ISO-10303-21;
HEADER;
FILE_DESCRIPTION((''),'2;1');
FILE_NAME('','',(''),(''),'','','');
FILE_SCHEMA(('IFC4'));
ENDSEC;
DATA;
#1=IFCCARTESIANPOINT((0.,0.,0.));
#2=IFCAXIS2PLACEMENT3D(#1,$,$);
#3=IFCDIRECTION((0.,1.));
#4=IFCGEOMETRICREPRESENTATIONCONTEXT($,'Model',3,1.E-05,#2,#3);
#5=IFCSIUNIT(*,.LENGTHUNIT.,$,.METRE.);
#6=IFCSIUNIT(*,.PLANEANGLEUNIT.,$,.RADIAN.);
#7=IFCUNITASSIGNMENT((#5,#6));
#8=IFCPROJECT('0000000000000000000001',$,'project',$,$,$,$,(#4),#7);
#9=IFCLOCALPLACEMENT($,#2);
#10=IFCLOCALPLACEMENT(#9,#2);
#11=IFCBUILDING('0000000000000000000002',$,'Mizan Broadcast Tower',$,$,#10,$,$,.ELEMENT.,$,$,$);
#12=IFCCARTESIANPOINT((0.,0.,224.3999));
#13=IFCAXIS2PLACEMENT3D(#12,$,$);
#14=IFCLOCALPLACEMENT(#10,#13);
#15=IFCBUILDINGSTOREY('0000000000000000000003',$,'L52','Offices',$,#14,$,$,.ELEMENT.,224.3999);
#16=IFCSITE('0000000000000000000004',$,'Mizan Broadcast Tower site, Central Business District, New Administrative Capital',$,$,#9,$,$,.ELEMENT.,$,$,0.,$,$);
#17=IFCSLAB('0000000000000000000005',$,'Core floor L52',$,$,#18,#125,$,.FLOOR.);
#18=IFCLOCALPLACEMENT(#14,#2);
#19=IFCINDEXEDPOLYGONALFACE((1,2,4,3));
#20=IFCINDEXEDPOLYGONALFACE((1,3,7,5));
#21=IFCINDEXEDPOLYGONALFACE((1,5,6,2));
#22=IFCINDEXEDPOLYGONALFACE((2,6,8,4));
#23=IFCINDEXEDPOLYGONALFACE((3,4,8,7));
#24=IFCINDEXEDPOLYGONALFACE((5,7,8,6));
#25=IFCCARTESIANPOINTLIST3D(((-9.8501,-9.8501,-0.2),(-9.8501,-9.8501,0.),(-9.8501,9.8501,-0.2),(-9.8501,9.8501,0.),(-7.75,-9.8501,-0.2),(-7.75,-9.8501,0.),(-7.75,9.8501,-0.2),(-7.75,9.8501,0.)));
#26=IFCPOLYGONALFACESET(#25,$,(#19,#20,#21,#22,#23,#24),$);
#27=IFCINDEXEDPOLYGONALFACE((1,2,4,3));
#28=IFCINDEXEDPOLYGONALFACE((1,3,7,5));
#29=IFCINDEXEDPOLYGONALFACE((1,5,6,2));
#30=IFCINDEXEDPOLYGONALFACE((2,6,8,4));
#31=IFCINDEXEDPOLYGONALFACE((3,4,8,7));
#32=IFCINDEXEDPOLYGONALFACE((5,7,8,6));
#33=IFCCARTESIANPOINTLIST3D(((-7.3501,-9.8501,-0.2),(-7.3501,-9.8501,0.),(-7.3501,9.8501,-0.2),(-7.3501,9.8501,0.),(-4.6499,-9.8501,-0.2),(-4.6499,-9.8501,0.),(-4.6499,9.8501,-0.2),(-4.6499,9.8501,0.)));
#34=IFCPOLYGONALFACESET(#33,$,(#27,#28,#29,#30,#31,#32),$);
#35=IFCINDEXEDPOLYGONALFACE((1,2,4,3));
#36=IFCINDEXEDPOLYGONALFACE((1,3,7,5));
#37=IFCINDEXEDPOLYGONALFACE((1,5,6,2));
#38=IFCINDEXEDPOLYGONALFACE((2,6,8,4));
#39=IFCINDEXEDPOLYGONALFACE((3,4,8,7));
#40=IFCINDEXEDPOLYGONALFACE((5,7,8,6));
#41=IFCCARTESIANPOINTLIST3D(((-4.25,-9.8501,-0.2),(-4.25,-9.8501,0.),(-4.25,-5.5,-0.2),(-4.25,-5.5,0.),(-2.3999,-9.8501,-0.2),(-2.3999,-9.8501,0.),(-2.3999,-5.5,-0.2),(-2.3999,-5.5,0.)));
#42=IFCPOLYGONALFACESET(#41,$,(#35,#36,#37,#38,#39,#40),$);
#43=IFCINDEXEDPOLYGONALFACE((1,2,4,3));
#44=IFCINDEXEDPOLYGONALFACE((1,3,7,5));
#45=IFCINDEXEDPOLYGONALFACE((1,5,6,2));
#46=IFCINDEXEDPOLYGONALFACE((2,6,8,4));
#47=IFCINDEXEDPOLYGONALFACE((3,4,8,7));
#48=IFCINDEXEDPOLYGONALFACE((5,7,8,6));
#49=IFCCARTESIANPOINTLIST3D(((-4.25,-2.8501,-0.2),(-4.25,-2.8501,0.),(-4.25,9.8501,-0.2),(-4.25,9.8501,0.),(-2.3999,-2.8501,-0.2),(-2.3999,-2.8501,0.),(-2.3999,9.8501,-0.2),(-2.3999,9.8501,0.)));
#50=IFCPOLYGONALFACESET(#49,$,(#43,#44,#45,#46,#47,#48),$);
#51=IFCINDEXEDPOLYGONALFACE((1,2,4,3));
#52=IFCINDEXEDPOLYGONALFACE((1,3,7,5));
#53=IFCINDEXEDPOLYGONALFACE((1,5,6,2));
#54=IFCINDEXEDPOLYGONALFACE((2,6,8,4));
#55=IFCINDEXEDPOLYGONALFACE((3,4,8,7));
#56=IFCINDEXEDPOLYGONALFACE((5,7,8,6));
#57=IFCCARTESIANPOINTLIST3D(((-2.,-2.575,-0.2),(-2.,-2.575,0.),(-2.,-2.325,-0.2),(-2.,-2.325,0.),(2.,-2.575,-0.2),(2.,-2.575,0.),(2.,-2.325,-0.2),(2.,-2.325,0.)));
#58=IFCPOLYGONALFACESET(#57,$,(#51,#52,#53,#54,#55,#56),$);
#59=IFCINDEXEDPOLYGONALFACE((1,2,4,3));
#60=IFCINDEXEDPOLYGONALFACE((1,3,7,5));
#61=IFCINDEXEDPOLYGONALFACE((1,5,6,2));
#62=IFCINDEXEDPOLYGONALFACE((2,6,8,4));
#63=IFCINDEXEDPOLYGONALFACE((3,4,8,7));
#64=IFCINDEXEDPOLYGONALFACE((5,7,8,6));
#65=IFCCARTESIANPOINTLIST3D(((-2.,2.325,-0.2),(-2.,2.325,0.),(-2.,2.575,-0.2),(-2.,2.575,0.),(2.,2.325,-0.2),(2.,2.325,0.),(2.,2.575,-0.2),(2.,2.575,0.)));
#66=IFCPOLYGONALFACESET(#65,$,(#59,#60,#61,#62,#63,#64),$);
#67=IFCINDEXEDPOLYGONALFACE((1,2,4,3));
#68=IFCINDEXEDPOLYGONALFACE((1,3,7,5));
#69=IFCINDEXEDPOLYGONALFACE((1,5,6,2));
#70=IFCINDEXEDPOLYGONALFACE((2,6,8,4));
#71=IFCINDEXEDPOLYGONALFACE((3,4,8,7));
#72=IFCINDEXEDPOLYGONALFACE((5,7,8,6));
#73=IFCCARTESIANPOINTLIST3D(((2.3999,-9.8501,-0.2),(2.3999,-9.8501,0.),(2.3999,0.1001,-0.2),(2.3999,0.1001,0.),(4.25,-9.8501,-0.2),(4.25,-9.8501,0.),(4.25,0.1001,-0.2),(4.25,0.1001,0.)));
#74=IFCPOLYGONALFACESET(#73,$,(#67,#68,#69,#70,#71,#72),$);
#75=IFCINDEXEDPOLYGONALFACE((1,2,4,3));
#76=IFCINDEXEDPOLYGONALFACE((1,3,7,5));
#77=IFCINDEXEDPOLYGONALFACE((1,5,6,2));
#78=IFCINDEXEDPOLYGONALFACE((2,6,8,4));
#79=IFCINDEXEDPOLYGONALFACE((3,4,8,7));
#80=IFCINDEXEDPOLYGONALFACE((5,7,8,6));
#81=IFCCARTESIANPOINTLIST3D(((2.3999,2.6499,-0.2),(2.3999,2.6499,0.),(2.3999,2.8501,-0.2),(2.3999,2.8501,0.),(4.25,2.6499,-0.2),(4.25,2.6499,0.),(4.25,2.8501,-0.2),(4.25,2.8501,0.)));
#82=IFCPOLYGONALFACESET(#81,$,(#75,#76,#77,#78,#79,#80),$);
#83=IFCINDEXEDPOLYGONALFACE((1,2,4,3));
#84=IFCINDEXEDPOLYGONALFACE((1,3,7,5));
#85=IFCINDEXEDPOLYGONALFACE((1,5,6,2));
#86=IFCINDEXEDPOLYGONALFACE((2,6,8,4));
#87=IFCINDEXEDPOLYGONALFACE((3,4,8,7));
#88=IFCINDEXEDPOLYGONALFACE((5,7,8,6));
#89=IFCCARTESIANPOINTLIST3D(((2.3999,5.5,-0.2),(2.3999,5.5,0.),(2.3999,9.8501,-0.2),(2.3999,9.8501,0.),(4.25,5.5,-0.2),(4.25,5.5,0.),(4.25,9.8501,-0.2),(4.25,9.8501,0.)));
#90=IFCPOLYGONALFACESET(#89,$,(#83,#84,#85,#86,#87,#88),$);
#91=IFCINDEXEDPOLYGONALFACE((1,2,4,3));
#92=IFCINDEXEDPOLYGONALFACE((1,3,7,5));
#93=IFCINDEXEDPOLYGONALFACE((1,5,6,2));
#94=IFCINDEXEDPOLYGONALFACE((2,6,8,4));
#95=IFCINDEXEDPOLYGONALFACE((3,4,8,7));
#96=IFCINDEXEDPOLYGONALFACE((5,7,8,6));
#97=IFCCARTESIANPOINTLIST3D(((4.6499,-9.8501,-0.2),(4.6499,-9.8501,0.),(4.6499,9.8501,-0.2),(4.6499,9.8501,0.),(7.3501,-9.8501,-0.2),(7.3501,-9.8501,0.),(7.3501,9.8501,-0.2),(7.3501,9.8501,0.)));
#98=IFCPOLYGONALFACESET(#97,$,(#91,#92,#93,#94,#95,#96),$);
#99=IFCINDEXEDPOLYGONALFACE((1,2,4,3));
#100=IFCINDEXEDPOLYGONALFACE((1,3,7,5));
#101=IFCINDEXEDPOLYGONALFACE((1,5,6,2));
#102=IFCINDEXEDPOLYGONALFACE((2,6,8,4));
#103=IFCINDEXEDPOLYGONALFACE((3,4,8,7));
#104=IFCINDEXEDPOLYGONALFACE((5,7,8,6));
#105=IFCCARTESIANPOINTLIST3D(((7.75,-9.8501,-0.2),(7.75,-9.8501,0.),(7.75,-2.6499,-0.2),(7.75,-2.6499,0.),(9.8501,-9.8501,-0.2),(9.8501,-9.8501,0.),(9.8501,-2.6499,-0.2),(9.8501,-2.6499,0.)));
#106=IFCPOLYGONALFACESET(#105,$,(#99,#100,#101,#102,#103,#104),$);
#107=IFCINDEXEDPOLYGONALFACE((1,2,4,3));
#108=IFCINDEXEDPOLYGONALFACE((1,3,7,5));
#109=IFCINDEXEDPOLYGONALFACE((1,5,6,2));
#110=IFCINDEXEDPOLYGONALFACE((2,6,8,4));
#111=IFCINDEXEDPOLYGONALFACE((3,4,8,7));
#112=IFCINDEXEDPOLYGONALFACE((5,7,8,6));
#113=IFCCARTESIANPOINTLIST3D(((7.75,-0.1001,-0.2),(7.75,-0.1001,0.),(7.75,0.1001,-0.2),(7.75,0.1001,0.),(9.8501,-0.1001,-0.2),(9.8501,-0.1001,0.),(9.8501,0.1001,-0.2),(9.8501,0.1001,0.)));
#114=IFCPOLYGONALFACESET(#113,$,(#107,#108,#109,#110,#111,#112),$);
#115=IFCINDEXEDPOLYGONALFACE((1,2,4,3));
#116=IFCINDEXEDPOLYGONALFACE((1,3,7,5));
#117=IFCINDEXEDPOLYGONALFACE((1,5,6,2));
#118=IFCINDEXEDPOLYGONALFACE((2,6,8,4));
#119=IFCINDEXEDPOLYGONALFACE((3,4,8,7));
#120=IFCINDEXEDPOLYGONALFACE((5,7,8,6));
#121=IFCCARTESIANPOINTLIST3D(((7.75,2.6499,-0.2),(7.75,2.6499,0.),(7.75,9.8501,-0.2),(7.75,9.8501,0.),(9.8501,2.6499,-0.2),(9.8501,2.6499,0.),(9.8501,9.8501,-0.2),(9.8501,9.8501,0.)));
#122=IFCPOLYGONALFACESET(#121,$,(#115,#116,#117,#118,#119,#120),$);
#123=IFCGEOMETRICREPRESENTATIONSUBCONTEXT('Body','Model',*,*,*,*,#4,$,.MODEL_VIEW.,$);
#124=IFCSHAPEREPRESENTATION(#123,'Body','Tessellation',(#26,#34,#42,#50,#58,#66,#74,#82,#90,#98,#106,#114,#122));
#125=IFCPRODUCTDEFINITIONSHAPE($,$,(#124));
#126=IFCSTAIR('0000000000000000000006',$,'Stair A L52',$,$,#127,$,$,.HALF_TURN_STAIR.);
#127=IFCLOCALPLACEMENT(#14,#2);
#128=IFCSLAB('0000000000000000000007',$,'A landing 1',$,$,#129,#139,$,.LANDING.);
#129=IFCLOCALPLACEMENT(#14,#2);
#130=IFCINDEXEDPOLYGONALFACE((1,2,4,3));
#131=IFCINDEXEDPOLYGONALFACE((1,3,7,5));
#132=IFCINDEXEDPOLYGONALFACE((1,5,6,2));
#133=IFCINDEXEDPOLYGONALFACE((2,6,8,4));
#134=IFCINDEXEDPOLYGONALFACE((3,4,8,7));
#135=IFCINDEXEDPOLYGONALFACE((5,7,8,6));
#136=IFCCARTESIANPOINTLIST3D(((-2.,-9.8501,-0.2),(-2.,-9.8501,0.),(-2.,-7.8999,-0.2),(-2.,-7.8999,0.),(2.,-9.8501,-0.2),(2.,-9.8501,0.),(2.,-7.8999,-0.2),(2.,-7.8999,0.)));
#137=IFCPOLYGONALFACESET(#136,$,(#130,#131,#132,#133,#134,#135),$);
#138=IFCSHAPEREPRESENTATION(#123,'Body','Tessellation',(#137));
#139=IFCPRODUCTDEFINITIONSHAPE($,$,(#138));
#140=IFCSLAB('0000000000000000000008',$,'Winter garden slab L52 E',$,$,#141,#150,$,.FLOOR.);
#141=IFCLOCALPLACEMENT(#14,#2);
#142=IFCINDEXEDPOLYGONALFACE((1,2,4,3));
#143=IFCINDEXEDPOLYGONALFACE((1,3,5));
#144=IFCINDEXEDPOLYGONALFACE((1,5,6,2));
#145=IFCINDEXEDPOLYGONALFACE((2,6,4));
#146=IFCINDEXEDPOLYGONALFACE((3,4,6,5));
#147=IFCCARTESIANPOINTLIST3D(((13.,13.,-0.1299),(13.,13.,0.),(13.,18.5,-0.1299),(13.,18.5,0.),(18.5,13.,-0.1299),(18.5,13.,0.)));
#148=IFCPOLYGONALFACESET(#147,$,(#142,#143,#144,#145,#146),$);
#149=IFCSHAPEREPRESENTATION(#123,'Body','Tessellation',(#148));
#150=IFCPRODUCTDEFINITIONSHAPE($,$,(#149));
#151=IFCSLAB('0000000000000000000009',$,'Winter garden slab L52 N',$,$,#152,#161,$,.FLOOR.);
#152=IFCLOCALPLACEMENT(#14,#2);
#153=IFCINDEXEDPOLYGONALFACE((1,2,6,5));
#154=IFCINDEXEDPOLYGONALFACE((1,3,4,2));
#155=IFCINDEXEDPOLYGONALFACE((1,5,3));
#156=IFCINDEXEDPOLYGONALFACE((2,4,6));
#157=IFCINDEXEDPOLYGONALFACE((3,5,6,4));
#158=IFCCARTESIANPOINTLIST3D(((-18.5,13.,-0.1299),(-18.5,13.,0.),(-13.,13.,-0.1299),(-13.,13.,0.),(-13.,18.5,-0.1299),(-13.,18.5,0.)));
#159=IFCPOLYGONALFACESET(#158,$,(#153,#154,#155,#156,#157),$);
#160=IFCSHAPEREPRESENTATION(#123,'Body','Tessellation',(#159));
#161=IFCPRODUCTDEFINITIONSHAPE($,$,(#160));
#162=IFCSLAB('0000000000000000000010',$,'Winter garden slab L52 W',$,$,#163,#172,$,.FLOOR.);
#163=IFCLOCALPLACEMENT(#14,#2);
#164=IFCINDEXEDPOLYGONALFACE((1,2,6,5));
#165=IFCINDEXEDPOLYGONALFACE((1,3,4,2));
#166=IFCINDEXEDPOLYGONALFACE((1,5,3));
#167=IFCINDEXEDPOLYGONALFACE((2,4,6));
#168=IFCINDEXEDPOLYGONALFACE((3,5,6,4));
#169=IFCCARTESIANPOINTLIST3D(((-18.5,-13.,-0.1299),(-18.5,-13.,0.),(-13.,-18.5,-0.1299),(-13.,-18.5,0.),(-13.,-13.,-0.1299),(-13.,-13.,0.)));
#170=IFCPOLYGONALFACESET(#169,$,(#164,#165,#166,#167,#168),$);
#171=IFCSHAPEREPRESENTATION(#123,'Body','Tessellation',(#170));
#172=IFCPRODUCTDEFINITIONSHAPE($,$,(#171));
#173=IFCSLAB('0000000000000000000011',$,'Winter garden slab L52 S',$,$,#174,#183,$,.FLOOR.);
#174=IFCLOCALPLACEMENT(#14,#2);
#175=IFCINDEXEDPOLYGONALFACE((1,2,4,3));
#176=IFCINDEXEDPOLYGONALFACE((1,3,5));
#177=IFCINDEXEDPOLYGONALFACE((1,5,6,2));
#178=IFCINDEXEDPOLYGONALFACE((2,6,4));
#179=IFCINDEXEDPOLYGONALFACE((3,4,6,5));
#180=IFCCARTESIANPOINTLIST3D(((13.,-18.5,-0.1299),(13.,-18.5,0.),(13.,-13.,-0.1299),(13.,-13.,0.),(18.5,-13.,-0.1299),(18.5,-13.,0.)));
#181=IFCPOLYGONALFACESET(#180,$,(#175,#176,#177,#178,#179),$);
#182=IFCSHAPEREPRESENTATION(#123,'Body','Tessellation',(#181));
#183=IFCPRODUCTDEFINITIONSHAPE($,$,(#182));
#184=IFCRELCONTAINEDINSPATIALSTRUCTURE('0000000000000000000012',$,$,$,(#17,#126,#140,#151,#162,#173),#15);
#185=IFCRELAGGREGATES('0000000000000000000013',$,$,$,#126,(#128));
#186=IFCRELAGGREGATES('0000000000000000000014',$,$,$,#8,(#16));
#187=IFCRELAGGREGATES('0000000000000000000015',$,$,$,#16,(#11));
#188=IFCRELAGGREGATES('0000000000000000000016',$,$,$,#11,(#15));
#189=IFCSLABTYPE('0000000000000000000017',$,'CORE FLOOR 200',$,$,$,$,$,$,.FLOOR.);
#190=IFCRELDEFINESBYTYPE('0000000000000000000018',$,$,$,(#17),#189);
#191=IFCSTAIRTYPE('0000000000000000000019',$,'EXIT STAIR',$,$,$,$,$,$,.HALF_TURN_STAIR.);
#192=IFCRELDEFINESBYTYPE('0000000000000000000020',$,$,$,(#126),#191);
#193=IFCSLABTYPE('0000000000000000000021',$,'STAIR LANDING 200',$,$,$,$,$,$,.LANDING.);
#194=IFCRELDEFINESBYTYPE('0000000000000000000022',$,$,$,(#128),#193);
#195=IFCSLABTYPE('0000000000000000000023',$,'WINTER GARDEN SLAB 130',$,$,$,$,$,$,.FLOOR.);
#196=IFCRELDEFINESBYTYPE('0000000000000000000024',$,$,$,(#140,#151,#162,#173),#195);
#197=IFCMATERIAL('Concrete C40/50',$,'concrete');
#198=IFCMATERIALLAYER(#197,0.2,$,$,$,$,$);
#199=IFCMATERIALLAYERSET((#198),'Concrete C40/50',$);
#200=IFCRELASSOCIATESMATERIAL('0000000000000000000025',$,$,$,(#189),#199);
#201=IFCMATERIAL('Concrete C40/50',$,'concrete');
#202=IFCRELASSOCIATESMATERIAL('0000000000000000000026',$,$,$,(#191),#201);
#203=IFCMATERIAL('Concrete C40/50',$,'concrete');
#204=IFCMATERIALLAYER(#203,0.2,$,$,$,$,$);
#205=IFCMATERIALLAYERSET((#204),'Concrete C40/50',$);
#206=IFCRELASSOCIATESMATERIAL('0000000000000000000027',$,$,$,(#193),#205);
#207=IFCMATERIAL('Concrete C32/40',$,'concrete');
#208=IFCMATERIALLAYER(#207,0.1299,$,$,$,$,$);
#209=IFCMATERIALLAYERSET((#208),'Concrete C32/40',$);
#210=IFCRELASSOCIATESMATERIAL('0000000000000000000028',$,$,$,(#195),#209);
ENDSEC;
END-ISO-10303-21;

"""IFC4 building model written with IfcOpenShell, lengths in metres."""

from ifc_helpers import new_model, si_unit, direction, frame, origin, place, context, subcontext, project, spatial, polyline, outline, extrude, material, layer, layer_set, type_object, element, aggregate, save


model = new_model("IFC4")

# Units and contexts
model_context = context("Model", 3, precision=1e-05, world=origin(), true_north=direction((0.0, 1.0)))
body_context = subcontext(model_context, "Body", "Model", "MODEL_VIEW")
ifc_project = project(units=[si_unit("LENGTHUNIT", "METRE"), si_unit("PLANEANGLEUNIT", "RADIAN")], contexts=[model_context])

# Site, building, storey
site_placement = place(None, origin())
site = spatial("IfcSite", under=ifc_project, at=site_placement, Name="Mizan Broadcast Tower site, Central Business District, New Administrative Capital", CompositionType="ELEMENT", RefElevation=0.0)
building_placement = place(site_placement, origin())
building = spatial("IfcBuilding", under=site, at=building_placement, Name="Mizan Broadcast Tower", CompositionType="ELEMENT")
storey_placement = place(building_placement, frame((0.0, 0.0, 224.3999)))
storey = spatial("IfcBuildingStorey", under=building, at=storey_placement, Name="L52", Description="Offices", CompositionType="ELEMENT", Elevation=224.3999)

# Slab
ifc_material_1 = material(Name="Concrete C40/50", Category="concrete")
ifc_layer_1 = layer(ifc_material_1, 0.2)
ifc_layer_set_1 = layer_set([ifc_layer_1], Name="Concrete C40/50")
slab_type_1 = type_object("IfcSlabType", Name="CORE FLOOR 200", PredefinedType="FLOOR", material=ifc_layer_set_1)
slab_1_placement = place(storey_placement, frame((0.0, 0.0, -0.2)))
element("IfcSlab", 1, at=slab_1_placement, inside=storey, type_object=slab_type_1, Name="Core floor L52", PredefinedType="FLOOR", context=body_context, shape_type="SweptSolid", body=[
    extrude(outline(polyline([(-9.8501, -9.8501), (-7.75, -9.8501), (-7.75, 9.8501), (-9.8501, 9.8501), (-9.8501, -9.8501)])), origin(), (0.0, 0.0, 1.0), 0.2),
    extrude(outline(polyline([(-4.6499, 9.8501), (-7.3501, 9.8501), (-7.3501, -9.8501), (-4.6499, -9.8501), (-4.6499, 9.8501)])), origin(), (0.0, 0.0, 1.0), 0.2),
    extrude(outline(polyline([(-4.25, -5.5), (-4.25, -9.8501), (-2.3999, -9.8501), (-2.3999, -5.5), (-4.25, -5.5)])), origin(), (0.0, 0.0, 1.0), 0.2),
    extrude(outline(polyline([(-4.25, -2.8501), (-2.3999, -2.8501), (-2.3999, 9.8501), (-4.25, 9.8501), (-4.25, -2.8501)])), origin(), (0.0, 0.0, 1.0), 0.2),
    extrude(outline(polyline([(2.0, -2.325), (-2.0, -2.325), (-2.0, -2.575), (2.0, -2.575), (2.0, -2.325)])), origin(), (0.0, 0.0, 1.0), 0.2),
    extrude(outline(polyline([(2.0, 2.575), (-2.0, 2.575), (-2.0, 2.325), (2.0, 2.325), (2.0, 2.575)])), origin(), (0.0, 0.0, 1.0), 0.2),
    extrude(outline(polyline([(4.25, -9.8501), (4.25, 0.1001), (2.3999, 0.1001), (2.3999, -9.8501), (4.25, -9.8501)])), origin(), (0.0, 0.0, 1.0), 0.2),
    extrude(outline(polyline([(4.25, 2.6499), (4.25, 2.8501), (2.3999, 2.8501), (2.3999, 2.6499), (4.25, 2.6499)])), origin(), (0.0, 0.0, 1.0), 0.2),
    extrude(outline(polyline([(4.25, 5.5), (4.25, 9.8501), (2.3999, 9.8501), (2.3999, 5.5), (4.25, 5.5)])), origin(), (0.0, 0.0, 1.0), 0.2),
    extrude(outline(polyline([(4.6499, 9.8501), (4.6499, -9.8501), (7.3501, -9.8501), (7.3501, 9.8501), (4.6499, 9.8501)])), origin(), (0.0, 0.0, 1.0), 0.2),
    extrude(outline(polyline([(9.8501, -9.8501), (9.8501, -2.6499), (7.75, -2.6499), (7.75, -9.8501), (9.8501, -9.8501)])), origin(), (0.0, 0.0, 1.0), 0.2),
    extrude(outline(polyline([(9.8501, -0.1001), (9.8501, 0.1001), (7.75, 0.1001), (7.75, -0.1001), (9.8501, -0.1001)])), origin(), (0.0, 0.0, 1.0), 0.2),
    extrude(outline(polyline([(7.75, 9.8501), (7.75, 2.6499), (9.8501, 2.6499), (9.8501, 9.8501), (7.75, 9.8501)])), origin(), (0.0, 0.0, 1.0), 0.2),
])

# Stair, slab
ifc_material_2 = material(Name="Concrete C40/50", Category="concrete")
stair_type = type_object("IfcStairType", Name="EXIT STAIR", PredefinedType="HALF_TURN_STAIR", material=ifc_material_2)
stair_placement = place(storey_placement, origin())
stair = element("IfcStair", 2, at=stair_placement, inside=storey, type_object=stair_type, Name="Stair A L52", PredefinedType="HALF_TURN_STAIR")
ifc_material_3 = material(Name="Concrete C40/50", Category="concrete")
ifc_layer_2 = layer(ifc_material_3, 0.2)
ifc_layer_set_2 = layer_set([ifc_layer_2], Name="Concrete C40/50")
slab_type_2 = type_object("IfcSlabType", Name="STAIR LANDING 200", PredefinedType="LANDING", material=ifc_layer_set_2)
slab_2_placement = place(storey_placement, frame((0.0, 0.0, -0.2)))
slab_2 = element("IfcSlab", 3, at=slab_2_placement, type_object=slab_type_2, Name="A landing 1", PredefinedType="LANDING", context=body_context, shape_type="SweptSolid", body=[
    extrude(outline(polyline([(-2.0, -9.8501), (-2.0, -7.8999), (2.0, -7.8999), (2.0, -9.8501), (-2.0, -9.8501)])), origin(), (0.0, 0.0, 1.0), 0.2),
])

# Slabs
ifc_material_4 = material(Name="Concrete C32/40", Category="concrete")
ifc_layer_3 = layer(ifc_material_4, 0.1299)
ifc_layer_set_3 = layer_set([ifc_layer_3], Name="Concrete C32/40")
slab_type_3 = type_object("IfcSlabType", Name="WINTER GARDEN SLAB 130", PredefinedType="FLOOR", material=ifc_layer_set_3)
slab_3_placement = place(storey_placement, frame((0.0, 0.0, -0.1299)))
element("IfcSlab", 4, at=slab_3_placement, inside=storey, type_object=slab_type_3, Name="Winter garden slab L52 E", PredefinedType="FLOOR", context=body_context, shape_type="SweptSolid", body=[
    extrude(outline(polyline([(13.0, 13.0), (18.5, 13.0), (13.0, 18.5), (13.0, 13.0)])), origin(), (0.0, 0.0, 1.0), 0.1299),
])
slab_4_placement = place(storey_placement, frame((0.0, 0.0, -0.1299)))
element("IfcSlab", 5, at=slab_4_placement, inside=storey, type_object=slab_type_3, Name="Winter garden slab L52 N", PredefinedType="FLOOR", context=body_context, shape_type="SweptSolid", body=[
    extrude(outline(polyline([(-13.0, 13.0), (-13.0, 18.5), (-18.5, 13.0), (-13.0, 13.0)])), origin(), (0.0, 0.0, 1.0), 0.1299),
])
slab_5_placement = place(storey_placement, frame((0.0, 0.0, -0.1299)))
element("IfcSlab", 6, at=slab_5_placement, inside=storey, type_object=slab_type_3, Name="Winter garden slab L52 W", PredefinedType="FLOOR", context=body_context, shape_type="SweptSolid", body=[
    extrude(outline(polyline([(-13.0, -13.0), (-18.5, -13.0), (-13.0, -18.5), (-13.0, -13.0)])), origin(), (0.0, 0.0, 1.0), 0.1299),
])
slab_6_placement = place(storey_placement, frame((0.0, 0.0, -0.1299)))
element("IfcSlab", 7, at=slab_6_placement, inside=storey, type_object=slab_type_3, Name="Winter garden slab L52 S", PredefinedType="FLOOR", context=body_context, shape_type="SweptSolid", body=[
    extrude(outline(polyline([(13.0, -13.0), (13.0, -18.5), (18.5, -13.0), (13.0, -13.0)])), origin(), (0.0, 0.0, 1.0), 0.1299),
])

aggregate(stair, [slab_2])

save(model, "model.ifc")
